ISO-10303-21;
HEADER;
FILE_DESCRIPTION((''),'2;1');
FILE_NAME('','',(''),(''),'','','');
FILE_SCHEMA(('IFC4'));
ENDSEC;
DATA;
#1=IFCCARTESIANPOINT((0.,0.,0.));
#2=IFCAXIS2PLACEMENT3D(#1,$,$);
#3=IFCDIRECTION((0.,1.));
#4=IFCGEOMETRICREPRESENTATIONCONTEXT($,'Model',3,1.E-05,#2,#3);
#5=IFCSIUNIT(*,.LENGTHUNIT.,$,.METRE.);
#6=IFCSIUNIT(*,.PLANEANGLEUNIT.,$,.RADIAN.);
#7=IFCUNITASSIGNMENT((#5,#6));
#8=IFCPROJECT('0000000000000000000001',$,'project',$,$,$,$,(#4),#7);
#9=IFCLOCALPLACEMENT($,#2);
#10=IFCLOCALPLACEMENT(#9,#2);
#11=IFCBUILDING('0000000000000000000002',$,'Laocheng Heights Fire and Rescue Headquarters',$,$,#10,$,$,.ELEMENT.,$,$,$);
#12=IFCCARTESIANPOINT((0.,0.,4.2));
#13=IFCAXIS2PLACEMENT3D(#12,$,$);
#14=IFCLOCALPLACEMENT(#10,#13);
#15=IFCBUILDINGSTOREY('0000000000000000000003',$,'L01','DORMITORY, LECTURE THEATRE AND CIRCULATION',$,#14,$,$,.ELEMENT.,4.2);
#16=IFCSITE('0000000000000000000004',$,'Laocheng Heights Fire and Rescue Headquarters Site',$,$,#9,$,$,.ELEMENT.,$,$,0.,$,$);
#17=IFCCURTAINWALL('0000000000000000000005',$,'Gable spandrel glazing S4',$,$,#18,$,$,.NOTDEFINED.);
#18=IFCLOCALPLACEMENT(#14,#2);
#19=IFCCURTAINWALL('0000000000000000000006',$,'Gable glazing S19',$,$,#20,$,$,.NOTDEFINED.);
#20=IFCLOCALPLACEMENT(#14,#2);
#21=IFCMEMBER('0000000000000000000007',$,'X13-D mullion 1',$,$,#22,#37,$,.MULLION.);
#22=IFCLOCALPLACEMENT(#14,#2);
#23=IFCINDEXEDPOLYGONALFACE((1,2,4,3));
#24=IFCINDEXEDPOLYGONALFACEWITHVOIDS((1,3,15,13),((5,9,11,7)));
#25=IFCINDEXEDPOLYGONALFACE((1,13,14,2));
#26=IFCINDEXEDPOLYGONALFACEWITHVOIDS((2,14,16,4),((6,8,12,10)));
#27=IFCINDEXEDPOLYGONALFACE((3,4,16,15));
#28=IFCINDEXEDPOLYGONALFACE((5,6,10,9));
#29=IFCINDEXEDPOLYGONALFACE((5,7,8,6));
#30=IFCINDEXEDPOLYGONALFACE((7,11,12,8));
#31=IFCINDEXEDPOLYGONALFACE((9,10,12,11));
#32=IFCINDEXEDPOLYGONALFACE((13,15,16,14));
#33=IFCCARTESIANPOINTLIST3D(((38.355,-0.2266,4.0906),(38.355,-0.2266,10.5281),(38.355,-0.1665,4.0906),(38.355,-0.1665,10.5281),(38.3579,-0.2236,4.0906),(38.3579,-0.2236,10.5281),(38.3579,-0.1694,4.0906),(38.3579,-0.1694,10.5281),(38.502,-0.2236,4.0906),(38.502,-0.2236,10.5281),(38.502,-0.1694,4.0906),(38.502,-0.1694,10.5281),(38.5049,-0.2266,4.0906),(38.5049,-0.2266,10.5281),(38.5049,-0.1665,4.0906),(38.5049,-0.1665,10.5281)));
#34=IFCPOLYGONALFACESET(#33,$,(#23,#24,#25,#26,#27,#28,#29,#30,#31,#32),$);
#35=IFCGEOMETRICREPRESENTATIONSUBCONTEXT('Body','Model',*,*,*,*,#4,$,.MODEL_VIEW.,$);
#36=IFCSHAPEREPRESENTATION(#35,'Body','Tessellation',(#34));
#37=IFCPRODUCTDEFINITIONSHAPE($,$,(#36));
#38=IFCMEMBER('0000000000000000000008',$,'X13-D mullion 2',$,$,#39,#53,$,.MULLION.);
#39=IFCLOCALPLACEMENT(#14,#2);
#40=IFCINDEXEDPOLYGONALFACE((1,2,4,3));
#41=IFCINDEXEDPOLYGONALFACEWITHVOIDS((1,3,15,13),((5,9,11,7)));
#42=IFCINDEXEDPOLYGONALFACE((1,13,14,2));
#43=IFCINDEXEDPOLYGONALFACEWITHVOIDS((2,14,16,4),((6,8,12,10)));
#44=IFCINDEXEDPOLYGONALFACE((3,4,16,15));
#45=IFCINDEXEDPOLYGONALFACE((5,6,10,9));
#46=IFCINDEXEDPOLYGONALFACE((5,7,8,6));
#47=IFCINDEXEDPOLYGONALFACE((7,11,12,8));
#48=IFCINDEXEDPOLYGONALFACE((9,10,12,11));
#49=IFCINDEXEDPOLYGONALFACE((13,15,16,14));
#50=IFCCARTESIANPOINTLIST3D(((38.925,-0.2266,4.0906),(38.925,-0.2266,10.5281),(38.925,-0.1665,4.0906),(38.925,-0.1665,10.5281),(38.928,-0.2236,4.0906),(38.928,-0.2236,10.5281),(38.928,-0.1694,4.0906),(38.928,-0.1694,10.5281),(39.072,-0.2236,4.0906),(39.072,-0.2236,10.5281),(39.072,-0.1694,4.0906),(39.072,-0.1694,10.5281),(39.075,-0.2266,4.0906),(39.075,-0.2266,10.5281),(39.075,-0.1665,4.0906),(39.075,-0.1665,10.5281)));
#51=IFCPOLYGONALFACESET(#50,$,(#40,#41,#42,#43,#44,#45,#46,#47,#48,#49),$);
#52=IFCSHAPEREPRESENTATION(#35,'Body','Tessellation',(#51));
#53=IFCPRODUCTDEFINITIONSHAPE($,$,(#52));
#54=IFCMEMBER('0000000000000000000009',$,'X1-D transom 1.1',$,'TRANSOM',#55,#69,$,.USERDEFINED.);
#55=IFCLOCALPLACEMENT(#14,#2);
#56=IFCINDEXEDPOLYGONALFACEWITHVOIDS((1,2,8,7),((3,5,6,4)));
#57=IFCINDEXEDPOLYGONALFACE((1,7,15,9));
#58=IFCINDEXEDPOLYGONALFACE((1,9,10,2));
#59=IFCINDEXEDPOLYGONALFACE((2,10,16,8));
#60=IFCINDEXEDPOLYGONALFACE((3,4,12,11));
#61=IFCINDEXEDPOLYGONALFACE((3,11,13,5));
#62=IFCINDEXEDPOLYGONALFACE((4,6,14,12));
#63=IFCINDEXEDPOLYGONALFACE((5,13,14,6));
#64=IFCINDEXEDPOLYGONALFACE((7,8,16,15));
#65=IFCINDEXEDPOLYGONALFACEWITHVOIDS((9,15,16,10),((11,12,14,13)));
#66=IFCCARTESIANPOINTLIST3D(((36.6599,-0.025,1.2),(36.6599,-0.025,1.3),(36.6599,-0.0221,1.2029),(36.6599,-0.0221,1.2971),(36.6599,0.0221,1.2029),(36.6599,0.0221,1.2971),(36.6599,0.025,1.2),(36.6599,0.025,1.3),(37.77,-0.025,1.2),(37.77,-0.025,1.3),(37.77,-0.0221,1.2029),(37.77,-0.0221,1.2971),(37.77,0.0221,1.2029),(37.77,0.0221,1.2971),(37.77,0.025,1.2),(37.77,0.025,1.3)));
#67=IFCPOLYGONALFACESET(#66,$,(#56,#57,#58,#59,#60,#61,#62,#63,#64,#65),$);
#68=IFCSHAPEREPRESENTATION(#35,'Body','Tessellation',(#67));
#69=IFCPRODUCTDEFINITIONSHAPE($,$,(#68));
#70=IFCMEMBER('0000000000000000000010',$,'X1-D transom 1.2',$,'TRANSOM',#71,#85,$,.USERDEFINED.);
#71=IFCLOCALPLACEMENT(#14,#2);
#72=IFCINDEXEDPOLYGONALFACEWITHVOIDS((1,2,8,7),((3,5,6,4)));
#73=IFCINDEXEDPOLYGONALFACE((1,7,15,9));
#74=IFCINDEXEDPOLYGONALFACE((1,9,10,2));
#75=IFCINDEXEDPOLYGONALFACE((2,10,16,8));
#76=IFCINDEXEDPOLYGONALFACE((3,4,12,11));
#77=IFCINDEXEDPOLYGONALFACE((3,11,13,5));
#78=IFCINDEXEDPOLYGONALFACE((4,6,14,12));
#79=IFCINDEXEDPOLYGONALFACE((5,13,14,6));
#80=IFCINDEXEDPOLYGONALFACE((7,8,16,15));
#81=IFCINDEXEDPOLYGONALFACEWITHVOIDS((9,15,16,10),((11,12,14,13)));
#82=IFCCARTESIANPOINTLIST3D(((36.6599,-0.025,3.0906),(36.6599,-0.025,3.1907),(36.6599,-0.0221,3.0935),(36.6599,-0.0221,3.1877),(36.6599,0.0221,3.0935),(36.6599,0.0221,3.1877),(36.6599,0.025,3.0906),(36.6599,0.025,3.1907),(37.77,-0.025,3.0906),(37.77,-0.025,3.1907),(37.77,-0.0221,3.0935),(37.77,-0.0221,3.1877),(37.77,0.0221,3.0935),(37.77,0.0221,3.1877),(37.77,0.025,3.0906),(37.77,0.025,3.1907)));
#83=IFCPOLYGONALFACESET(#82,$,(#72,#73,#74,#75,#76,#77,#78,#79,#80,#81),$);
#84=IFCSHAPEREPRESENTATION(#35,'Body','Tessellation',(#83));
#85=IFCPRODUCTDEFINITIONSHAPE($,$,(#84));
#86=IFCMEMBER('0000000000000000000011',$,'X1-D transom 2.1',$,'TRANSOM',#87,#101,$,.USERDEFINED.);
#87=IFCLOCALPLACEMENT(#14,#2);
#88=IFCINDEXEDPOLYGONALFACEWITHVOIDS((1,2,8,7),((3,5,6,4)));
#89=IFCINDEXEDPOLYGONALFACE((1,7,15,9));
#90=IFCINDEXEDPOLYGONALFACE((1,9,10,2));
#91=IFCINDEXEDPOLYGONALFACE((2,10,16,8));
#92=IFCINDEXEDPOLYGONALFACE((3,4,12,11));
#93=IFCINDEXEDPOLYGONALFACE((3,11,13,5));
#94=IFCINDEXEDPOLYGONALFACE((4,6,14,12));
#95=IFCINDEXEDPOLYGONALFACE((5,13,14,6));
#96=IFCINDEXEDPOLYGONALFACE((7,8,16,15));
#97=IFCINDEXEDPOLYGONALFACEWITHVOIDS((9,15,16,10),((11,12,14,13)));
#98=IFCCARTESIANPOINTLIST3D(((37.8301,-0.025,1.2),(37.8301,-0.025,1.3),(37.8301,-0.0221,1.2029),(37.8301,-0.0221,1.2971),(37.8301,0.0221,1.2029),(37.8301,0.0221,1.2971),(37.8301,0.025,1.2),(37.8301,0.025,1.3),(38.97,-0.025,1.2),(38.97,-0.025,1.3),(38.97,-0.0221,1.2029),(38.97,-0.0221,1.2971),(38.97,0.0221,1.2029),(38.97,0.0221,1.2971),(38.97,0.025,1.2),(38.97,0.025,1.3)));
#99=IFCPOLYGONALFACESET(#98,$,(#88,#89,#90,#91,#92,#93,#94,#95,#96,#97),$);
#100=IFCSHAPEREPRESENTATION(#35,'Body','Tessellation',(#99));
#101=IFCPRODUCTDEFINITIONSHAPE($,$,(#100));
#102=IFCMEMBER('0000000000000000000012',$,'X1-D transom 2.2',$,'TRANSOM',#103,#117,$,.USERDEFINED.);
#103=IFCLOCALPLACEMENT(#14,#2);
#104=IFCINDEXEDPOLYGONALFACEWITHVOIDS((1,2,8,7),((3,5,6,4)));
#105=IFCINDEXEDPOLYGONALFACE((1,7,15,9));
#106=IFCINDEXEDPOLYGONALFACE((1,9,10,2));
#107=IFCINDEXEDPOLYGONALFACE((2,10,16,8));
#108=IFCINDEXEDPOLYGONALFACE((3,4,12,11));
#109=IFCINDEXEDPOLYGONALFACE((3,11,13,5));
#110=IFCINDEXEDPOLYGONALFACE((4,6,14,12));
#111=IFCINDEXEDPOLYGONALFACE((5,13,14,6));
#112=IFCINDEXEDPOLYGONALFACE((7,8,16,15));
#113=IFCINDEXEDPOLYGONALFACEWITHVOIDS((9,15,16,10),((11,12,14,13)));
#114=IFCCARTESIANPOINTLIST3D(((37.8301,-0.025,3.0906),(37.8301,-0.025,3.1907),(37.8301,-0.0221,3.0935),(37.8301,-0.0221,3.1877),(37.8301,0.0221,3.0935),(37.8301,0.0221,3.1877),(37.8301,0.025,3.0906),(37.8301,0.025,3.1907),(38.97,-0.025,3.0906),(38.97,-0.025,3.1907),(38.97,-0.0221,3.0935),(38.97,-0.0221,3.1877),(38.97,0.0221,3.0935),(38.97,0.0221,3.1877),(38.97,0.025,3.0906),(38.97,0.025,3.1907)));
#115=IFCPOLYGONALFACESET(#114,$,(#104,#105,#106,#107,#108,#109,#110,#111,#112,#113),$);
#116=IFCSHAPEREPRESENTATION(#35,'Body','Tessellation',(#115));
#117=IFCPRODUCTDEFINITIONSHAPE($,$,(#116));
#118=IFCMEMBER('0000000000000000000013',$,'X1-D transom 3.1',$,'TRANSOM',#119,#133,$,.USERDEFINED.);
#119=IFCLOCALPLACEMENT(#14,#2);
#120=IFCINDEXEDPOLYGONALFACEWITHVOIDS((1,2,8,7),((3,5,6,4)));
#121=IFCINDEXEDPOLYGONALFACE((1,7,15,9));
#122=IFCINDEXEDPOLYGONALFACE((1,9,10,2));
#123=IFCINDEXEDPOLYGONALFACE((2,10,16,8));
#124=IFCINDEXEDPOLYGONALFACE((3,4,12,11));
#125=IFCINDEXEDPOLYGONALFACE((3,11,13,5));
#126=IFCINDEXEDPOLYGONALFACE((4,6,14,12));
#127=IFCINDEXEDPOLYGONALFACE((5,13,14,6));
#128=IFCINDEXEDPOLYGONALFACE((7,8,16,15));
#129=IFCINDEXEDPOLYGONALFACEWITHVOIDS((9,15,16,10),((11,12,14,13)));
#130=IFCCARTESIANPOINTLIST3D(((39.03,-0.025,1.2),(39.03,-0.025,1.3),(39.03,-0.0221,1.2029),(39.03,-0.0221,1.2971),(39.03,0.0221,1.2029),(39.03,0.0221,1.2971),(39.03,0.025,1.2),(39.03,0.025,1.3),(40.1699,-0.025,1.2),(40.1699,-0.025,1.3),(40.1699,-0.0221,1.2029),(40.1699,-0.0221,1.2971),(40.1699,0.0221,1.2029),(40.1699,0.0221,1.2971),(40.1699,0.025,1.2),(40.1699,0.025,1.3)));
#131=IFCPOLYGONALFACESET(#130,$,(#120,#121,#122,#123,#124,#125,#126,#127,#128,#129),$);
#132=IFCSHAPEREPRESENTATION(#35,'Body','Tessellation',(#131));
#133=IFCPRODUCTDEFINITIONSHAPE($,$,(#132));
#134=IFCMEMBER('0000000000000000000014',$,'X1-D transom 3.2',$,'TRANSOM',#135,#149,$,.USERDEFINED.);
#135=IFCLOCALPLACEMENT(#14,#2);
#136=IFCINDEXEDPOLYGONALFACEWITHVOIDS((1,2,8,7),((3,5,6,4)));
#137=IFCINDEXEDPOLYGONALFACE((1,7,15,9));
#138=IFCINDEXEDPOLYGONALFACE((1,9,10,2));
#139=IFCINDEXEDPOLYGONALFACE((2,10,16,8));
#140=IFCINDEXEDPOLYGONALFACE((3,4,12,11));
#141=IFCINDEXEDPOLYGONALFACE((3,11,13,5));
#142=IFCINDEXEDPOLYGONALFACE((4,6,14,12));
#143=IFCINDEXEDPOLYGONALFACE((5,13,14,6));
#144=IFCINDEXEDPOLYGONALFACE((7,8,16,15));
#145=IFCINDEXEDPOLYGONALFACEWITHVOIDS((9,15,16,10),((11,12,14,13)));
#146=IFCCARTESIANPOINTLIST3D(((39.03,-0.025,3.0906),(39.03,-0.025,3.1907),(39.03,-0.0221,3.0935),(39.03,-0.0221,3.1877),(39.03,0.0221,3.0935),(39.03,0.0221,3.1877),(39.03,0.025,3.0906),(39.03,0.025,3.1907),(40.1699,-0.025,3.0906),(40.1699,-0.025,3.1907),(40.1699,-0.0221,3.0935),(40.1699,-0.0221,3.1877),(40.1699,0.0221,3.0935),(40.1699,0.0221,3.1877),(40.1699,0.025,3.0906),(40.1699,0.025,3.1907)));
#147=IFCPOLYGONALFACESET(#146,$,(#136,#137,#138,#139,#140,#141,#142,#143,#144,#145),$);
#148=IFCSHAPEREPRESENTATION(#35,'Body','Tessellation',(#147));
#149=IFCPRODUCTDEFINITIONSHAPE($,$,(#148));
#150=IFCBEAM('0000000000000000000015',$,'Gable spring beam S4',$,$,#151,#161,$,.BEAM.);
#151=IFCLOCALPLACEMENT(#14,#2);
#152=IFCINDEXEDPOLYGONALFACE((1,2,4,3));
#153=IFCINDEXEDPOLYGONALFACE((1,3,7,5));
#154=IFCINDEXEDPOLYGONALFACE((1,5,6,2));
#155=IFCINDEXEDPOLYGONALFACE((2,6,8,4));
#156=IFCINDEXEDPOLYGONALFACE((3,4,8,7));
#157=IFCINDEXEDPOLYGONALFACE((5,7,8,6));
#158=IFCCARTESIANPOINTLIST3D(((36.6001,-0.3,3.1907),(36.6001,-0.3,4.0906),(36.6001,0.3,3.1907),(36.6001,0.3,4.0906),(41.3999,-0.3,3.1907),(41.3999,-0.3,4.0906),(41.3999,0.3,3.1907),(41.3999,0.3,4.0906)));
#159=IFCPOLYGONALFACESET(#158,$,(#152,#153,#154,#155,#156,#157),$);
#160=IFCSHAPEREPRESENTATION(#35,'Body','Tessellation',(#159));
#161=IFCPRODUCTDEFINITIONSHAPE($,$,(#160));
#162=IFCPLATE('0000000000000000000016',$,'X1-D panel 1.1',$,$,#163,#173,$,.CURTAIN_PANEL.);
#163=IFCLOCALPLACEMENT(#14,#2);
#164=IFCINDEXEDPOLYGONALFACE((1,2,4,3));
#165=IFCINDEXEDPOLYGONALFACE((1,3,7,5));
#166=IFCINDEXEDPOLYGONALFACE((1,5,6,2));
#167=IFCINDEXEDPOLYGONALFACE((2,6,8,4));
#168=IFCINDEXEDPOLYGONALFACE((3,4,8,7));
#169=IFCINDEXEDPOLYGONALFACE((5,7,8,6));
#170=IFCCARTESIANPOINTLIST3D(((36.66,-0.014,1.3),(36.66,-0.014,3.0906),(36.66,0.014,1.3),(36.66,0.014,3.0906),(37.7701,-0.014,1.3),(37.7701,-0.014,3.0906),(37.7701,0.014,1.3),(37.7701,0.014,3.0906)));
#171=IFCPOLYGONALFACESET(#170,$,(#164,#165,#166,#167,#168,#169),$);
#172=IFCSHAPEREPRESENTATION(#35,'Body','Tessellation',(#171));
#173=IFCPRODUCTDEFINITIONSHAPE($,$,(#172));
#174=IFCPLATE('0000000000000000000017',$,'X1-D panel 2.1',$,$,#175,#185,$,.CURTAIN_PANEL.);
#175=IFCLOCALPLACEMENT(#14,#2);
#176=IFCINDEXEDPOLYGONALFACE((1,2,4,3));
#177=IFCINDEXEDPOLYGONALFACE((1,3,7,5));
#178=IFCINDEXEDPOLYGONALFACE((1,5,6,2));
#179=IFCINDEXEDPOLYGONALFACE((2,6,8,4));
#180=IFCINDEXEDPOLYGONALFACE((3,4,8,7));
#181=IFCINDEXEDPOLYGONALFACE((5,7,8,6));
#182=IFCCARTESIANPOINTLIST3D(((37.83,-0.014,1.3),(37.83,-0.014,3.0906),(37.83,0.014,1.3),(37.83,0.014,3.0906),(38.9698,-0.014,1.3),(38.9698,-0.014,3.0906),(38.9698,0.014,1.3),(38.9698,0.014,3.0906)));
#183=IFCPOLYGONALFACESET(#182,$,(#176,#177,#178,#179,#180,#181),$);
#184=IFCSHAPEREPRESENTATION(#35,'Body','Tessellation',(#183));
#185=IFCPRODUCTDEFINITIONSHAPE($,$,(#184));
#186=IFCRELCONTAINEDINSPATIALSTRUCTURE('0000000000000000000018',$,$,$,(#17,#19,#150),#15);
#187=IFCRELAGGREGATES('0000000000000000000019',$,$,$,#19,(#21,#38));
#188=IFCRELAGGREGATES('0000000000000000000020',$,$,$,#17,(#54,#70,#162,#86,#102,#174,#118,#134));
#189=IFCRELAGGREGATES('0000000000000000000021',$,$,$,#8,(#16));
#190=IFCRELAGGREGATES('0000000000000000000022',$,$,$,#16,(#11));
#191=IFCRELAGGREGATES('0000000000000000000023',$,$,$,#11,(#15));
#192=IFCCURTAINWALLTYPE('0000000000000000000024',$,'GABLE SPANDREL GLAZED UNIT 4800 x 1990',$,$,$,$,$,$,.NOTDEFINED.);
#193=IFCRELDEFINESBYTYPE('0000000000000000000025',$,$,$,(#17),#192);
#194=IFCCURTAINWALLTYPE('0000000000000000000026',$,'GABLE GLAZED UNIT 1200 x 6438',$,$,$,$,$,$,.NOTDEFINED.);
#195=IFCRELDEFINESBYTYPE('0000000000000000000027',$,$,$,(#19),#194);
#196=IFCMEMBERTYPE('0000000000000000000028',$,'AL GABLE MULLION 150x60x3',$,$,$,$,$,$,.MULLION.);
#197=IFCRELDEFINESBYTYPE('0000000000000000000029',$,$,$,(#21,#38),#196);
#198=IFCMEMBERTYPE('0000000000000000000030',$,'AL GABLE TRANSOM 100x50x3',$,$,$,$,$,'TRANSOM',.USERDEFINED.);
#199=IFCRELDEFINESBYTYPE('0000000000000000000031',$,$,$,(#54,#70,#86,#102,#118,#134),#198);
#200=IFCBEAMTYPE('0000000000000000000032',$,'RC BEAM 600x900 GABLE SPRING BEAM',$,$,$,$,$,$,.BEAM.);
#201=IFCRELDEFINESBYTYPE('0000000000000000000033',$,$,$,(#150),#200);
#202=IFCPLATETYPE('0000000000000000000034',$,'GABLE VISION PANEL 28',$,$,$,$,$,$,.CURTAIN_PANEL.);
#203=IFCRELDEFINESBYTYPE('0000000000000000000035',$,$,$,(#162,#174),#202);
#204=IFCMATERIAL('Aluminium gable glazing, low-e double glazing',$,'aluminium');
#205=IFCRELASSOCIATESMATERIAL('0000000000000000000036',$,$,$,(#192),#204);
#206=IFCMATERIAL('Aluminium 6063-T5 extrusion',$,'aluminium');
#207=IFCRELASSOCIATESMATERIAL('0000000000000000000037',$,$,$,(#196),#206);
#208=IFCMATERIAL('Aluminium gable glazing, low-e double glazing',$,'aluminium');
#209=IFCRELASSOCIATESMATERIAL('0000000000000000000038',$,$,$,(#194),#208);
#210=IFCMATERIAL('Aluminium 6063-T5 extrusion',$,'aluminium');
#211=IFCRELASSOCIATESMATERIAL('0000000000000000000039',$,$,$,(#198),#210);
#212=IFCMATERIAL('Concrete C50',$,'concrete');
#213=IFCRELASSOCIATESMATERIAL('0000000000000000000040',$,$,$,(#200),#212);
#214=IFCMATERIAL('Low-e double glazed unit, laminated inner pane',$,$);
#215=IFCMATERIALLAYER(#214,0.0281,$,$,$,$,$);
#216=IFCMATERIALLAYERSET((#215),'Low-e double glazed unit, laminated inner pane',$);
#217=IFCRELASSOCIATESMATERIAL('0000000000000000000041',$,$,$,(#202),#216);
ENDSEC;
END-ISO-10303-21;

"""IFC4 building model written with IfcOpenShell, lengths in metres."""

from ifc_helpers import new_model, si_unit, direction, frame, origin, origin_2d, place, context, subcontext, project, spatial, rectangle, hollow_rectangle, extrude, material, layer, layer_set, material_profile, profile_set, type_object, element, aggregate, save


model = new_model("IFC4")

# Units and contexts
model_context = context("Model", 3, precision=1e-05, world=origin(), true_north=direction((0.0, 1.0)))
body_context = subcontext(model_context, "Body", "Model", "MODEL_VIEW")
ifc_project = project(units=[si_unit("LENGTHUNIT", "METRE"), si_unit("PLANEANGLEUNIT", "RADIAN")], contexts=[model_context])

# Site, building, storey
site_placement = place(None, origin())
site = spatial("IfcSite", under=ifc_project, at=site_placement, Name="Laocheng Heights Fire and Rescue Headquarters Site", CompositionType="ELEMENT", RefElevation=0.0)
building_placement = place(site_placement, origin())
building = spatial("IfcBuilding", under=site, at=building_placement, Name="Laocheng Heights Fire and Rescue Headquarters", CompositionType="ELEMENT")
storey_placement = place(building_placement, frame((0.0, 0.0, 4.2)))
storey = spatial("IfcBuildingStorey", under=building, at=storey_placement, Name="L01", Description="DORMITORY, LECTURE THEATRE AND CIRCULATION", CompositionType="ELEMENT", Elevation=4.2)

# Curtain wall
ifc_material_1 = material(Name="Aluminium gable glazing, low-e double glazing", Category="aluminium")
curtain_wall_type_1 = type_object("IfcCurtainWallType", Name="GABLE SPANDREL GLAZED UNIT 4800 x 1990", PredefinedType="NOTDEFINED", material=ifc_material_1)
curtain_wall_1_placement = place(storey_placement, origin())
curtain_wall_1 = element("IfcCurtainWall", 1, at=curtain_wall_1_placement, inside=storey, type_object=curtain_wall_type_1, Name="Gable spandrel glazing S4", PredefinedType="NOTDEFINED")
ifc_material_2 = material(Name="Aluminium 6063-T5 extrusion", Category="aluminium")
ifc_material_profile_1 = material_profile(ifc_material_2, hollow_rectangle(XDim=0.0601, YDim=0.1499, WallThickness=0.0029, at=origin_2d()), Name="AL MULLION 150x60x3")
ifc_profile_set_1 = profile_set([ifc_material_profile_1], Name="Aluminium 6063-T5 extrusion")
member_type_1 = type_object("IfcMemberType", Name="AL GABLE MULLION 150x60x3", PredefinedType="MULLION", material=ifc_profile_set_1)

# Curtain wall, members
ifc_material_3 = material(Name="Aluminium gable glazing, low-e double glazing", Category="aluminium")
curtain_wall_type_2 = type_object("IfcCurtainWallType", Name="GABLE GLAZED UNIT 1200 x 6438", PredefinedType="NOTDEFINED", material=ifc_material_3)
curtain_wall_2_placement = place(storey_placement, origin())
curtain_wall_2 = element("IfcCurtainWall", 2, at=curtain_wall_2_placement, inside=storey, type_object=curtain_wall_type_2, Name="Gable glazing S19", PredefinedType="NOTDEFINED")
member_1_placement = place(storey_placement, frame((38.4299, -0.1965, 4.0906), z_axis=(0.0, 0.0, 1.0), x_axis=(0.0, 1.0, 0.0)))
member_1 = element("IfcMember", 3, at=member_1_placement, type_object=member_type_1, Name="X13-D mullion 1", PredefinedType="MULLION", context=body_context, shape_type="SweptSolid", body=[
    extrude(hollow_rectangle(XDim=0.0601, YDim=0.1499, WallThickness=0.0029, at=origin_2d()), origin(), (0.0, 0.0, 1.0), 6.4375),
])
member_2_placement = place(storey_placement, frame((39.0, -0.1965, 4.0906), z_axis=(0.0, 0.0, 1.0), x_axis=(0.0, 1.0, 0.0)))
member_2 = element("IfcMember", 4, at=member_2_placement, type_object=member_type_1, Name="X13-D mullion 2", PredefinedType="MULLION", context=body_context, shape_type="SweptSolid", body=[
    extrude(hollow_rectangle(XDim=0.0601, YDim=0.1499, WallThickness=0.0029, at=origin_2d()), origin(), (0.0, 0.0, 1.0), 6.4375),
])
aggregate(curtain_wall_2, [member_1, member_2])

# Members
ifc_material_4 = material(Name="Aluminium 6063-T5 extrusion", Category="aluminium")
ifc_material_profile_2 = material_profile(ifc_material_4, hollow_rectangle(XDim=0.05, YDim=0.1001, WallThickness=0.0029, at=origin_2d()), Name="AL TRANSOM 100x50x3")
ifc_profile_set_2 = profile_set([ifc_material_profile_2], Name="Aluminium 6063-T5 extrusion")
member_type_2 = type_object("IfcMemberType", Name="AL GABLE TRANSOM 100x50x3", ElementType="TRANSOM", PredefinedType="USERDEFINED", material=ifc_profile_set_2)
member_3_placement = place(storey_placement, frame((36.6599, 0.0, 1.25), z_axis=(1.0, 0.0, 0.0), x_axis=(0.0, 1.0, 0.0)))
member_3 = element("IfcMember", 5, at=member_3_placement, type_object=member_type_2, Name="X1-D transom 1.1", ObjectType="TRANSOM", PredefinedType="USERDEFINED", context=body_context, shape_type="SweptSolid", body=[
    extrude(hollow_rectangle(XDim=0.05, YDim=0.1001, WallThickness=0.0029, at=origin_2d()), origin(), (0.0, 0.0, 1.0), 1.1101),
])
member_4_placement = place(storey_placement, frame((36.6599, 0.0, 3.1406), z_axis=(1.0, 0.0, 0.0), x_axis=(0.0, 1.0, 0.0)))
member_4 = element("IfcMember", 6, at=member_4_placement, type_object=member_type_2, Name="X1-D transom 1.2", ObjectType="TRANSOM", PredefinedType="USERDEFINED", context=body_context, shape_type="SweptSolid", body=[
    extrude(hollow_rectangle(XDim=0.05, YDim=0.1001, WallThickness=0.0029, at=origin_2d()), origin(), (0.0, 0.0, 1.0), 1.1101),
])
member_5_placement = place(storey_placement, frame((37.8301, 0.0, 1.25), z_axis=(1.0, 0.0, 0.0), x_axis=(0.0, 1.0, 0.0)))
member_5 = element("IfcMember", 7, at=member_5_placement, type_object=member_type_2, Name="X1-D transom 2.1", ObjectType="TRANSOM", PredefinedType="USERDEFINED", context=body_context, shape_type="SweptSolid", body=[
    extrude(hollow_rectangle(XDim=0.05, YDim=0.1001, WallThickness=0.0029, at=origin_2d()), origin(), (0.0, 0.0, 1.0), 1.1399),
])
member_6_placement = place(storey_placement, frame((37.8301, 0.0, 3.1406), z_axis=(1.0, 0.0, 0.0), x_axis=(0.0, 1.0, 0.0)))
member_6 = element("IfcMember", 8, at=member_6_placement, type_object=member_type_2, Name="X1-D transom 2.2", ObjectType="TRANSOM", PredefinedType="USERDEFINED", context=body_context, shape_type="SweptSolid", body=[
    extrude(hollow_rectangle(XDim=0.05, YDim=0.1001, WallThickness=0.0029, at=origin_2d()), origin(), (0.0, 0.0, 1.0), 1.1399),
])
member_7_placement = place(storey_placement, frame((39.03, 0.0, 1.25), z_axis=(1.0, 0.0, 0.0), x_axis=(0.0, 1.0, 0.0)))
member_7 = element("IfcMember", 9, at=member_7_placement, type_object=member_type_2, Name="X1-D transom 3.1", ObjectType="TRANSOM", PredefinedType="USERDEFINED", context=body_context, shape_type="SweptSolid", body=[
    extrude(hollow_rectangle(XDim=0.05, YDim=0.1001, WallThickness=0.0029, at=origin_2d()), origin(), (0.0, 0.0, 1.0), 1.1399),
])
member_8_placement = place(storey_placement, frame((39.03, 0.0, 3.1406), z_axis=(1.0, 0.0, 0.0), x_axis=(0.0, 1.0, 0.0)))
member_8 = element("IfcMember", 10, at=member_8_placement, type_object=member_type_2, Name="X1-D transom 3.2", ObjectType="TRANSOM", PredefinedType="USERDEFINED", context=body_context, shape_type="SweptSolid", body=[
    extrude(hollow_rectangle(XDim=0.05, YDim=0.1001, WallThickness=0.0029, at=origin_2d()), origin(), (0.0, 0.0, 1.0), 1.1399),
])

# Beam
ifc_material_5 = material(Name="Concrete C50", Category="concrete")
ifc_material_profile_3 = material_profile(ifc_material_5, rectangle(XDim=0.6001, YDim=0.8999, at=origin_2d()), Name="RC BEAM 600x900 GABLE SPRING BEAM")
ifc_profile_set_3 = profile_set([ifc_material_profile_3], Name="Concrete C50")
beam_type = type_object("IfcBeamType", Name="RC BEAM 600x900 GABLE SPRING BEAM", PredefinedType="BEAM", material=ifc_profile_set_3)
beam_placement = place(storey_placement, frame((36.6001, 0.0, 3.6406), z_axis=(1.0, 0.0, 0.0), x_axis=(0.0, 1.0, 0.0)))
element("IfcBeam", 11, at=beam_placement, inside=storey, type_object=beam_type, Name="Gable spring beam S4", PredefinedType="BEAM", context=body_context, shape_type="SweptSolid", body=[
    extrude(rectangle(XDim=0.6001, YDim=0.8999, at=origin_2d()), origin(), (0.0, 0.0, 1.0), 4.7998),
])

# Plates
ifc_material_6 = material(Name="Low-e double glazed unit, laminated inner pane")
ifc_layer = layer(ifc_material_6, 0.0281)
ifc_layer_set = layer_set([ifc_layer], Name="Low-e double glazed unit, laminated inner pane")
plate_type = type_object("IfcPlateType", Name="GABLE VISION PANEL 28", PredefinedType="CURTAIN_PANEL", material=ifc_layer_set)
plate_1_placement = place(storey_placement, frame((37.2151, 0.0, 1.3), z_axis=(0.0, 0.0, 1.0), x_axis=(1.0, 0.0, 0.0)))
plate_1 = element("IfcPlate", 12, at=plate_1_placement, type_object=plate_type, Name="X1-D panel 1.1", PredefinedType="CURTAIN_PANEL", context=body_context, shape_type="SweptSolid", body=[
    extrude(rectangle(XDim=1.1101, YDim=0.0281, at=origin_2d()), origin(), (0.0, 0.0, 1.0), 1.7905),
])
plate_2_placement = place(storey_placement, frame((38.3999, 0.0, 1.3), z_axis=(0.0, 0.0, 1.0), x_axis=(1.0, 0.0, 0.0)))
plate_2 = element("IfcPlate", 13, at=plate_2_placement, type_object=plate_type, Name="X1-D panel 2.1", PredefinedType="CURTAIN_PANEL", context=body_context, shape_type="SweptSolid", body=[
    extrude(rectangle(XDim=1.1399, YDim=0.0281, at=origin_2d()), origin(), (0.0, 0.0, 1.0), 1.7905),
])
aggregate(curtain_wall_1, [member_3, member_4, plate_1, member_5, member_6, plate_2, member_7, member_8])

save(model, "model.ifc")
